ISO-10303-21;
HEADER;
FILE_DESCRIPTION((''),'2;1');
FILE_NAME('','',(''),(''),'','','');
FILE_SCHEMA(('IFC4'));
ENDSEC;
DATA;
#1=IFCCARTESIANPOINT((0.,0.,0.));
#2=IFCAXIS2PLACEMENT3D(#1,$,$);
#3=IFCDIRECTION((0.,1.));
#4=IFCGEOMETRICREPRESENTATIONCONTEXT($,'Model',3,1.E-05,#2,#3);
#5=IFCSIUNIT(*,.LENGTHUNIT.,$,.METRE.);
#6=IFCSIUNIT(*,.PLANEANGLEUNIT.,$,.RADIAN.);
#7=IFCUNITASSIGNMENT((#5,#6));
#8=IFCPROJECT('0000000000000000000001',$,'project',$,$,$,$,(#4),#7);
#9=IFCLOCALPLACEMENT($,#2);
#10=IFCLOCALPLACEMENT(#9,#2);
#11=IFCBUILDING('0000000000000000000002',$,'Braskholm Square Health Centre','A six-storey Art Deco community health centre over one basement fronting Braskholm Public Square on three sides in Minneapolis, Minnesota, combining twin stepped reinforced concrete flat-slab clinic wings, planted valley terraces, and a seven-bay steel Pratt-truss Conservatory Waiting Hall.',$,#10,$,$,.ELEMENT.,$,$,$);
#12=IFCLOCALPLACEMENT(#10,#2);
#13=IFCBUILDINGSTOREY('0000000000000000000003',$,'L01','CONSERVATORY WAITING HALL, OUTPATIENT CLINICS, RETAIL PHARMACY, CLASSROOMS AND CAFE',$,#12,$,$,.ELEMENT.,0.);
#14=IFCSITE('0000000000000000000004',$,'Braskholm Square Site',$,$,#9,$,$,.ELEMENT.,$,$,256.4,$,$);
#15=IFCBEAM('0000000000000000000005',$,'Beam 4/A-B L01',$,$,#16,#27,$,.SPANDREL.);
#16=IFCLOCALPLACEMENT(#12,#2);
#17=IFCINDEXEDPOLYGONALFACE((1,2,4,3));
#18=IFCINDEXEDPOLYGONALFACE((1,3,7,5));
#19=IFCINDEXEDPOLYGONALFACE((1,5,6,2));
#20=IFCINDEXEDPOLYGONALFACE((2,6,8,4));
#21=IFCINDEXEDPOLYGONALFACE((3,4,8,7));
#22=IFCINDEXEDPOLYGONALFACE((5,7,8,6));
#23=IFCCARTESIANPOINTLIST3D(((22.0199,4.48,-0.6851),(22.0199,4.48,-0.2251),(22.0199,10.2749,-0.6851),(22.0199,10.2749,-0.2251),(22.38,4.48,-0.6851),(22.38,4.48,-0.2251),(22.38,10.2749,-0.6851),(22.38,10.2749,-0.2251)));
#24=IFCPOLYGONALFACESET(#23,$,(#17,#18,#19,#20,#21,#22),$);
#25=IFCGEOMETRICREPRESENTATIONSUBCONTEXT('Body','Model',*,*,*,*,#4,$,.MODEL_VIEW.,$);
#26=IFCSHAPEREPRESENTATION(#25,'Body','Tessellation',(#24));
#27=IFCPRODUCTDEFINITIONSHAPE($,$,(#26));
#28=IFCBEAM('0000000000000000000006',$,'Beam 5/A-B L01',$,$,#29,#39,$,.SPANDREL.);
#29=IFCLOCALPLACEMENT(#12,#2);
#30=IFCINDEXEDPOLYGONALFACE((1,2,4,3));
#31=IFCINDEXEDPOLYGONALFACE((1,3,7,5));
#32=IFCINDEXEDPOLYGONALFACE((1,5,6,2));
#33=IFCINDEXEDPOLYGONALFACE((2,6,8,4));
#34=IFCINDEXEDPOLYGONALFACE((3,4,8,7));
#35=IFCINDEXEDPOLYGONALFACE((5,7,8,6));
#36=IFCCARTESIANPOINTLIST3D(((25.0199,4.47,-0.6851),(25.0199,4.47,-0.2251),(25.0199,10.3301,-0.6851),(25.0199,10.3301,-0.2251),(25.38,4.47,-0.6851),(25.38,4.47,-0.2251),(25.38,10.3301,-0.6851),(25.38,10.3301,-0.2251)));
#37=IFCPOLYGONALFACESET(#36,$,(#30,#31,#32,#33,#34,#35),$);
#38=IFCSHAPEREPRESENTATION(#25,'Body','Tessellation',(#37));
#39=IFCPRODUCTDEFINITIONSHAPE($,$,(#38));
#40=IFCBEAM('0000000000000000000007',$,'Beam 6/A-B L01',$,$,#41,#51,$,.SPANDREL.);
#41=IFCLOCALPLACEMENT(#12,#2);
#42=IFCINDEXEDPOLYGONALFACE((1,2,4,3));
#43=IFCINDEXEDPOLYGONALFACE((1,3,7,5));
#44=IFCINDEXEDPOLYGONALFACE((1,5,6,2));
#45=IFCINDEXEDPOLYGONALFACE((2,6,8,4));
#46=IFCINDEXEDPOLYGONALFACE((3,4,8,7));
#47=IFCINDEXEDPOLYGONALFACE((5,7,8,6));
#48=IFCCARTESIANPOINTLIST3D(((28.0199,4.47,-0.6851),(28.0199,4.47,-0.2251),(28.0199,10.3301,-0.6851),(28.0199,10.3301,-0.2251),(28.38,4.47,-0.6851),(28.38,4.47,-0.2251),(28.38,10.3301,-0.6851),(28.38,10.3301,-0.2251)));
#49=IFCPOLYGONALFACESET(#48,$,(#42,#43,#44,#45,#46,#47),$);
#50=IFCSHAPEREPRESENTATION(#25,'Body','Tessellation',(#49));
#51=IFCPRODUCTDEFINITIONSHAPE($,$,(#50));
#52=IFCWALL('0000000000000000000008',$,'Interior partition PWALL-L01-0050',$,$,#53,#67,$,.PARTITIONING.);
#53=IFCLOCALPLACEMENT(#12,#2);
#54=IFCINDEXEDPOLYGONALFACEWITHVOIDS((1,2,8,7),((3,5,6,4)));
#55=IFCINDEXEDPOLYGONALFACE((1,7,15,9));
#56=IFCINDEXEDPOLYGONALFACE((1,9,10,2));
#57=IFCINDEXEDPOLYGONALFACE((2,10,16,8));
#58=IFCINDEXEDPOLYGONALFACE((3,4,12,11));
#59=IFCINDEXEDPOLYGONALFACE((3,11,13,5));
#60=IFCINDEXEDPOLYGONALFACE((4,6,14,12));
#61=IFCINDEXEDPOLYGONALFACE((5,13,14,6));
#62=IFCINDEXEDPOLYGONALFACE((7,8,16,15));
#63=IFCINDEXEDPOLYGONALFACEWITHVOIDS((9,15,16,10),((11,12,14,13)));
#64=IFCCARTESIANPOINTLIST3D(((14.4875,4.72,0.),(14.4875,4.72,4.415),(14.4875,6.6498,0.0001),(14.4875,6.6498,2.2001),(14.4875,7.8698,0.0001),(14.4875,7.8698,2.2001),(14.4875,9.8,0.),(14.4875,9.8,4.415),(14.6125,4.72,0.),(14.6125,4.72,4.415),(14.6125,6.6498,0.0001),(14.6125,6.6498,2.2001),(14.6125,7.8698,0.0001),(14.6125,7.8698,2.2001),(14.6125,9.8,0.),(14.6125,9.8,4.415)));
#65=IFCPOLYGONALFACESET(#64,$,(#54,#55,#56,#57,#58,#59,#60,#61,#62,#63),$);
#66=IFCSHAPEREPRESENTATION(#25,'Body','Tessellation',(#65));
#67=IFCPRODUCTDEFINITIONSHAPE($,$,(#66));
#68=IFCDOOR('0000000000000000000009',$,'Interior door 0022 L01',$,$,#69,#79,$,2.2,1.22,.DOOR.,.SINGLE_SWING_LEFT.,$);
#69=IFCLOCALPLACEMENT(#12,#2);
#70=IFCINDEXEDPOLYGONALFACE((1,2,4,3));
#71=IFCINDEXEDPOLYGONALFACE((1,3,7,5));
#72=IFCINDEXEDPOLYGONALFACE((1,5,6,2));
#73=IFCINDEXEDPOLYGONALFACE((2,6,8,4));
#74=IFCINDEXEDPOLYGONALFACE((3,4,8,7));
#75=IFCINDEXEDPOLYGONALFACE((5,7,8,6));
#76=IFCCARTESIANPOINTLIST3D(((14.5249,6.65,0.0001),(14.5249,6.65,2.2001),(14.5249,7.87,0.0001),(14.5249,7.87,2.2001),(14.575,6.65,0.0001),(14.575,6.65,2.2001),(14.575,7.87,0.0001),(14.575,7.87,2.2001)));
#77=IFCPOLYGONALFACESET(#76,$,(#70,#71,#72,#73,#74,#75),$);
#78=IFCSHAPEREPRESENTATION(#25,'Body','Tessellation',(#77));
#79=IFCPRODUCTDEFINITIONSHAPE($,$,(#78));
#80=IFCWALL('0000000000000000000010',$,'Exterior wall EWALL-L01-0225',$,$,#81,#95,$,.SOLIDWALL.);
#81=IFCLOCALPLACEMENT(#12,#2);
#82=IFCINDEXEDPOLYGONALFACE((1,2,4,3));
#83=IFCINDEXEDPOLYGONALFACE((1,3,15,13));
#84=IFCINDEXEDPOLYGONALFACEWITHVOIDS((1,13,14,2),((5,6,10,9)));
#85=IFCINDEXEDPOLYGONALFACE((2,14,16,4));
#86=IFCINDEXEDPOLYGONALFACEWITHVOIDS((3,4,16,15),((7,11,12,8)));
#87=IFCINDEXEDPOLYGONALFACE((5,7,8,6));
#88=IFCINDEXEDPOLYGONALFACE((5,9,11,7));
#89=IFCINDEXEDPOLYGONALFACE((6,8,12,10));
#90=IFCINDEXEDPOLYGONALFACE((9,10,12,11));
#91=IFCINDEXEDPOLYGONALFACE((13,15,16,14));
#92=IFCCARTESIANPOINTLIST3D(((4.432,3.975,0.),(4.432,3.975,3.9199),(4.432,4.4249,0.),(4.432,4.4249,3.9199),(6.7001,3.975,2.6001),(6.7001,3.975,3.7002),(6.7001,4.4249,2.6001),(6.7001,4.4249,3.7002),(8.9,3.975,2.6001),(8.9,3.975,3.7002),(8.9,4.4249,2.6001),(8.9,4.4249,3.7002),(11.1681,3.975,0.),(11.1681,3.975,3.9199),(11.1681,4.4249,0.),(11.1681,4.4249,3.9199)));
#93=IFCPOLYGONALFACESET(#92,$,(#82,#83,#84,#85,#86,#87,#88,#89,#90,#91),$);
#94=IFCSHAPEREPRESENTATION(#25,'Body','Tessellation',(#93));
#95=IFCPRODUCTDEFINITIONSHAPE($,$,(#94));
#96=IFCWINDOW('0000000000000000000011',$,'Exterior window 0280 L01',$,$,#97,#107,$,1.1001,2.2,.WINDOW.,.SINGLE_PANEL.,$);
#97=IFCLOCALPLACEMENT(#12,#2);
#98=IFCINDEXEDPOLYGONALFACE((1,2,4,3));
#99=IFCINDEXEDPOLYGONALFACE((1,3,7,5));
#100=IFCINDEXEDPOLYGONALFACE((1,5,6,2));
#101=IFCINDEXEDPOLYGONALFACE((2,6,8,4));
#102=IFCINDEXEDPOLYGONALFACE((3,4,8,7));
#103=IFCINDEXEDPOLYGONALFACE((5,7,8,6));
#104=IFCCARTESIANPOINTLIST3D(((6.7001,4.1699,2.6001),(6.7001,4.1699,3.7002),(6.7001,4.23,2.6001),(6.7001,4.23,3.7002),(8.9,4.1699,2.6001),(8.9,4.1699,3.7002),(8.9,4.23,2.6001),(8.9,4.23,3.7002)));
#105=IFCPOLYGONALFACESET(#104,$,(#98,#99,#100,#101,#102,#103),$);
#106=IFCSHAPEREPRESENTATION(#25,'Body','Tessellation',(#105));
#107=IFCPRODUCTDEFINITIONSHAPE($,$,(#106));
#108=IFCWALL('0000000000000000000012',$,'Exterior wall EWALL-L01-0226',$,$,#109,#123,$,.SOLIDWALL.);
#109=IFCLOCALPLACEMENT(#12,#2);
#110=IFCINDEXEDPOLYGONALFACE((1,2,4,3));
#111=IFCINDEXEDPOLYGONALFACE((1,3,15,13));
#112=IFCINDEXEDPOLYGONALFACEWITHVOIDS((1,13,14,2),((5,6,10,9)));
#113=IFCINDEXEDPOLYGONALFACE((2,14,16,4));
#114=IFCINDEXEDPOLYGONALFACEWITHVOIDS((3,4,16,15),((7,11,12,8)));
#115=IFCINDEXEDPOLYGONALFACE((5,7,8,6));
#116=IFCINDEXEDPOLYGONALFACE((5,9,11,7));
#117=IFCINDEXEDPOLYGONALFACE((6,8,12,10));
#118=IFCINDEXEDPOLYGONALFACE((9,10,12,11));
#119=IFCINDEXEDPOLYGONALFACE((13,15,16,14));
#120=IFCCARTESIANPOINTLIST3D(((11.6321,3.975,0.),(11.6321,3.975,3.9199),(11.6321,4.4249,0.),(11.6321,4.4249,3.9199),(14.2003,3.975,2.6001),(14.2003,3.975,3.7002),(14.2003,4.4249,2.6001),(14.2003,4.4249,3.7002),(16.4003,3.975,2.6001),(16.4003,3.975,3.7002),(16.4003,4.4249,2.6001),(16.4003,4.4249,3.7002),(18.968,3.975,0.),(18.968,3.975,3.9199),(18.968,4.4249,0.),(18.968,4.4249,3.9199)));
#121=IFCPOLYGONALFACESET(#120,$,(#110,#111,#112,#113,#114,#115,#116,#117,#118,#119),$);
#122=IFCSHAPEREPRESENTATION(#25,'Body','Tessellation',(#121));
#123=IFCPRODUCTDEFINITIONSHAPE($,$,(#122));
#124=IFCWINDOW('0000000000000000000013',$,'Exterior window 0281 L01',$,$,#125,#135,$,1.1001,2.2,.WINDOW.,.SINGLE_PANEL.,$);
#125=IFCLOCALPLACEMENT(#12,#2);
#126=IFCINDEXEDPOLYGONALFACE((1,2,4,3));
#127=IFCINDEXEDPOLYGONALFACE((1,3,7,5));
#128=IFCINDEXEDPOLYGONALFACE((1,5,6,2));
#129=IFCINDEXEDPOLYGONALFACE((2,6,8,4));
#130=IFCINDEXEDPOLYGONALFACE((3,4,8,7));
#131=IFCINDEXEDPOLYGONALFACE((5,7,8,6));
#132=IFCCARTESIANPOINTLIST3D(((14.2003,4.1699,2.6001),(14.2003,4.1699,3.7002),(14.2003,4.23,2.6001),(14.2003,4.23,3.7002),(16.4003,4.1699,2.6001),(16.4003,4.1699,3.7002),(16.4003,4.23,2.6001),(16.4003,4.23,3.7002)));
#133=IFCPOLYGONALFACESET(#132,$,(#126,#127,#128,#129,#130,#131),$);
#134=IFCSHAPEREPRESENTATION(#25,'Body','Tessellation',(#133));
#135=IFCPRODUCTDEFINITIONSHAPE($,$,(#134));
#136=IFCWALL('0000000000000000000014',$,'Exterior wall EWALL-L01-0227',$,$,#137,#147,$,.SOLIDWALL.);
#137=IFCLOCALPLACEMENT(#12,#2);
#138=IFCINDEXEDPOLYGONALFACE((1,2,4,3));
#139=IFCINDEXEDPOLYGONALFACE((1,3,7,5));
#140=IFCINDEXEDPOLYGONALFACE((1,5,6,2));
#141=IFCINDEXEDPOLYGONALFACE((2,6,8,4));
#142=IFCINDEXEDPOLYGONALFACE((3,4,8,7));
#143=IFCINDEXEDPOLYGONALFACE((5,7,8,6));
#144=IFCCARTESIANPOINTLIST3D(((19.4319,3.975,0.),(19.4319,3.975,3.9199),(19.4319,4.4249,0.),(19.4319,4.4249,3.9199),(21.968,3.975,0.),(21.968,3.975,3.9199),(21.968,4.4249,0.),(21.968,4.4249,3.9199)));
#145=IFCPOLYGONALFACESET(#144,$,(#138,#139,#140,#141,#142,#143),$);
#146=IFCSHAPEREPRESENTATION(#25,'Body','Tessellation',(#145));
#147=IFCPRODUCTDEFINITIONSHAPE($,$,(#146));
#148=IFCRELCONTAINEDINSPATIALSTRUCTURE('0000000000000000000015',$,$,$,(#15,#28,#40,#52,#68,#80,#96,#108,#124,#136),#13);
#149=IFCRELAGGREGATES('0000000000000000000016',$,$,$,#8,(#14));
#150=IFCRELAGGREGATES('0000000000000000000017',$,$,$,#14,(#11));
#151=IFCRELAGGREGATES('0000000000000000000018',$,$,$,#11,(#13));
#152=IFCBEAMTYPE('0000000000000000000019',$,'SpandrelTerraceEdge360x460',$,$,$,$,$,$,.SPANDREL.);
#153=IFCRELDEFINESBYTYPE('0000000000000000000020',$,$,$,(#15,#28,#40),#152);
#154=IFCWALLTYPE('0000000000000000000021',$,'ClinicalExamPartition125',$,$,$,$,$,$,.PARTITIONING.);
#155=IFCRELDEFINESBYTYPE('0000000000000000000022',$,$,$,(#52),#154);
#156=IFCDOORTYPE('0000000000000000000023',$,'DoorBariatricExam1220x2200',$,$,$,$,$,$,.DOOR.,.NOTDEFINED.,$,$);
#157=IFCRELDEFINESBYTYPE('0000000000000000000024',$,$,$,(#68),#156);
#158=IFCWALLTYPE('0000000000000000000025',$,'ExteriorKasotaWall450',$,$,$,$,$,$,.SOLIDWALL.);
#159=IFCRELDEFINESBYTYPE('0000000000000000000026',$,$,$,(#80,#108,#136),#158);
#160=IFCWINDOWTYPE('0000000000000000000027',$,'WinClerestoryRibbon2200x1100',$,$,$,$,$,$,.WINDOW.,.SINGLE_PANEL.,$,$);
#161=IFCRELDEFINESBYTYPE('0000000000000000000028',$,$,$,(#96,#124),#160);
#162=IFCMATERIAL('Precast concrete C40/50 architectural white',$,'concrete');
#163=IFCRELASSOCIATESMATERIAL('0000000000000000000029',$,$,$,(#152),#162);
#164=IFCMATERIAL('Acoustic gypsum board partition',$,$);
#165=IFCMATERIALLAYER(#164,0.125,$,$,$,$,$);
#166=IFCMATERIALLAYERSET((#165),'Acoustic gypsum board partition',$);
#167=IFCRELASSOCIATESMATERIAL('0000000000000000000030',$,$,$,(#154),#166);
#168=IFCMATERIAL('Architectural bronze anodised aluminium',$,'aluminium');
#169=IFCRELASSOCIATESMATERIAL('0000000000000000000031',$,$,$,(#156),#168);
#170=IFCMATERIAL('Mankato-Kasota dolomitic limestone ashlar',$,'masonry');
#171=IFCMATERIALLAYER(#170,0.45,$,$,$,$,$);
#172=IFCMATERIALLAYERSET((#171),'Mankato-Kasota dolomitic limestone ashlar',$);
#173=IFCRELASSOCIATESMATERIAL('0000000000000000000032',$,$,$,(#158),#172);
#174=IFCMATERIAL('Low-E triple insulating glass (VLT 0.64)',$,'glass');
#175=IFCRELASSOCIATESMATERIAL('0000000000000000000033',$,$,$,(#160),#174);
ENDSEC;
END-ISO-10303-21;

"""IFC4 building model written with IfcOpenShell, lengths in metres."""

from ifc_helpers import new_model, si_unit, direction, frame, frame_2d, origin, origin_with_axes, origin_2d, place, context, subcontext, project, spatial, rectangle, extrude, material, layer, layer_set, material_profile, profile_set, type_object, element, fill, save


model = new_model("IFC4")

# Units and contexts
model_context = context("Model", 3, precision=1e-05, world=origin(), true_north=direction((0.0, 1.0)))
body_context = subcontext(model_context, "Body", "Model", "MODEL_VIEW")
ifc_project = project(units=[si_unit("LENGTHUNIT", "METRE"), si_unit("PLANEANGLEUNIT", "RADIAN")], contexts=[model_context])

# Site, building, storey
site_placement = place(None, origin())
site = spatial("IfcSite", under=ifc_project, at=site_placement, Name="Braskholm Square Site", CompositionType="ELEMENT", RefElevation=256.4)
building_placement = place(site_placement, origin())
building = spatial("IfcBuilding", under=site, at=building_placement, Name="Braskholm Square Health Centre", Description="A six-storey Art Deco community health centre over one basement fronting Braskholm Public Square on three sides in Minneapolis, Minnesota, combining twin stepped reinforced concrete flat-slab clinic wings, planted valley terraces, and a seven-bay steel Pratt-truss Conservatory Waiting Hall.", CompositionType="ELEMENT")
storey_placement = place(building_placement, origin())
storey = spatial("IfcBuildingStorey", under=building, at=storey_placement, Name="L01", Description="CONSERVATORY WAITING HALL, OUTPATIENT CLINICS, RETAIL PHARMACY, CLASSROOMS AND CAFE", CompositionType="ELEMENT", Elevation=0.0)

# Shared definitions
ifc_material_1 = material(Name="Precast concrete C40/50 architectural white", Category="concrete")

# Shared definitions
ifc_material_2 = material(Name="Low-E triple insulating glass (VLT 0.64)", Category="glass")
ifc_material_3 = material(Name="Architectural bronze anodised aluminium", Category="aluminium")

# Beams
ifc_material_profile_1 = material_profile(ifc_material_1, rectangle(XDim=0.3601, YDim=0.46, at=origin_2d()), Name="RCB-360X460")
ifc_profile_set_1 = profile_set([ifc_material_profile_1], Name="Precast concrete C40/50 architectural white")
beam_type_1 = type_object("IfcBeamType", Name="SpandrelTerraceEdge360x460", PredefinedType="SPANDREL", material=ifc_profile_set_1)
beam_1_placement = place(storey_placement, frame((22.2, 4.48, -0.4551), z_axis=(0.0, 1.0, 0.0), x_axis=(-1.0, 0.0, 0.0)))
element("IfcBeam", 1, at=beam_1_placement, inside=storey, type_object=beam_type_1, Name="Beam 4/A-B L01", PredefinedType="SPANDREL", context=body_context, shape_type="SweptSolid", body=[
    extrude(rectangle(XDim=0.3601, YDim=0.46, at=origin_2d()), origin(), (0.0, 0.0, 1.0), 5.7949),
])
for number, where, z_axis, x_axis, name in (
    (2, (25.2, 4.47, -0.4551), (0.0, 1.0, 0.0), (-1.0, 0.0, 0.0), "Beam 5/A-B L01"),
    (3, (28.2, 4.47, -0.4551), (0.0, 1.0, 0.0), (-1.0, 0.0, 0.0), "Beam 6/A-B L01"),
):
    element("IfcBeam", number, at=place(storey_placement, frame(where, z_axis=z_axis, x_axis=x_axis)), inside=storey, type_object=beam_type_1, Name=name, PredefinedType="SPANDREL", context=body_context, shape_type="SweptSolid", body=[
        extrude(rectangle(XDim=0.3601, YDim=0.46, at=origin_2d()), origin(), (0.0, 0.0, 1.0), 5.8601),
    ])

# Wall, opening, door
ifc_material_4 = material(Name="Acoustic gypsum board partition")
ifc_layer_1 = layer(ifc_material_4, 0.125)
ifc_layer_set_1 = layer_set([ifc_layer_1], Name="Acoustic gypsum board partition")
wall_type_1 = type_object("IfcWallType", Name="ClinicalExamPartition125", PredefinedType="PARTITIONING", material=ifc_layer_set_1)
wall_1_placement = place(storey_placement, frame((14.55, 4.72, 0.0), z_axis=(0.0, 0.0, 1.0), x_axis=(0.0, 1.0, 0.0)))
wall_1 = element("IfcWall", 4, at=wall_1_placement, inside=storey, type_object=wall_type_1, Name="Interior partition PWALL-L01-0050", PredefinedType="PARTITIONING", context=body_context, shape_type="SweptSolid", body=[
    extrude(rectangle(XDim=5.0801, YDim=0.125, at=frame_2d((2.54, 0.0))), origin(), (0.0, 0.0, 1.0), 4.415),
])
opening_1_placement = place(wall_1_placement, frame((1.9299, 0.0, 0.0)))
opening_1 = element("IfcOpeningElement", 5, at=opening_1_placement, cuts=wall_1, PredefinedType="OPENING", context=body_context, shape_type="SweptSolid", body=[
    extrude(rectangle(XDim=1.22, YDim=2.2, at=frame_2d((0.6099, 1.1001))), frame((0.0, 0.0725, 0.0), z_axis=(0.0, -1.0, 0.0), x_axis=(1.0, 0.0, 0.0)), (0.0, 0.0, 1.0), 0.145),
])
door_type_1 = type_object("IfcDoorType", Name="DoorBariatricExam1220x2200", OperationType="NOTDEFINED", PredefinedType="DOOR", material=ifc_material_3)
door_1_placement = place(opening_1_placement, frame((1.22, 0.0, 0.0), z_axis=(0.0, 0.0, 1.0), x_axis=(-1.0, 0.0, 0.0)))
door_1 = element("IfcDoor", 6, at=door_1_placement, inside=storey, type_object=door_type_1, Name="Interior door 0022 L01", OperationType="SINGLE_SWING_LEFT", OverallHeight=2.2, OverallWidth=1.22, PredefinedType="DOOR", context=body_context, shape_type="SweptSolid", body=[
    extrude(rectangle(XDim=1.22, YDim=2.2, at=frame_2d((0.6099, 1.1001))), frame((0.0, 0.0249, 0.0), z_axis=(0.0, -1.0, 0.0), x_axis=(1.0, 0.0, 0.0)), (0.0, 0.0, 1.0), 0.05),
])
fill(opening_1, door_1)
ifc_material_5 = material(Name="Mankato-Kasota dolomitic limestone ashlar", Category="masonry")
ifc_layer_2 = layer(ifc_material_5, 0.45)
ifc_layer_set_2 = layer_set([ifc_layer_2], Name="Mankato-Kasota dolomitic limestone ashlar")
wall_type_2 = type_object("IfcWallType", Name="ExteriorKasotaWall450", PredefinedType="SOLIDWALL", material=ifc_layer_set_2)

# Walls, openings, windows
wall_2_placement = place(storey_placement, frame((4.4319, 4.2, 0.0), z_axis=(0.0, 0.0, 1.0), x_axis=(1.0, 0.0, 0.0)))
wall_2 = element("IfcWall", 7, at=wall_2_placement, inside=storey, type_object=wall_type_2, Name="Exterior wall EWALL-L01-0225", PredefinedType="SOLIDWALL", context=body_context, shape_type="SweptSolid", body=[
    extrude(rectangle(XDim=6.7361, YDim=0.45, at=frame_2d((3.3682, 0.0))), origin(), (0.0, 0.0, 1.0), 3.9199),
])
opening_2_placement = place(wall_2_placement, frame((2.2681, 0.0, 2.6001)))
opening_2 = element("IfcOpeningElement", 8, at=opening_2_placement, cuts=wall_2, PredefinedType="OPENING", context=body_context, shape_type="SweptSolid", body=[
    extrude(rectangle(XDim=2.2, YDim=1.1001, at=frame_2d((1.1001, 0.55))), frame((0.0, 0.2349, 0.0), z_axis=(0.0, -1.0, 0.0), x_axis=(1.0, 0.0, 0.0)), (0.0, 0.0, 1.0), 0.47),
])
window_type = type_object("IfcWindowType", Name="WinClerestoryRibbon2200x1100", PartitioningType="SINGLE_PANEL", PredefinedType="WINDOW", material=ifc_material_2)
window_1_placement = place(opening_2_placement, origin_with_axes())
window_1 = element("IfcWindow", 9, at=window_1_placement, inside=storey, type_object=window_type, Name="Exterior window 0280 L01", OverallHeight=1.1001, OverallWidth=2.2, PartitioningType="SINGLE_PANEL", PredefinedType="WINDOW", context=body_context, shape_type="SweptSolid", body=[
    extrude(rectangle(XDim=2.2, YDim=1.1001, at=frame_2d((1.1001, 0.55))), frame((0.0, 0.03, 0.0), z_axis=(0.0, -1.0, 0.0), x_axis=(1.0, 0.0, 0.0)), (0.0, 0.0, 1.0), 0.0601),
])
fill(opening_2, window_1)
wall_3_placement = place(storey_placement, frame((11.6321, 4.2, 0.0), z_axis=(0.0, 0.0, 1.0), x_axis=(1.0, 0.0, 0.0)))
wall_3 = element("IfcWall", 10, at=wall_3_placement, inside=storey, type_object=wall_type_2, Name="Exterior wall EWALL-L01-0226", PredefinedType="SOLIDWALL", context=body_context, shape_type="SweptSolid", body=[
    extrude(rectangle(XDim=7.3359, YDim=0.45, at=frame_2d((3.668, 0.0))), origin(), (0.0, 0.0, 1.0), 3.9199),
])
opening_3_placement = place(wall_3_placement, frame((2.5681, 0.0, 2.6001)))
opening_3 = element("IfcOpeningElement", 11, at=opening_3_placement, cuts=wall_3, PredefinedType="OPENING", context=body_context, shape_type="SweptSolid", body=[
    extrude(rectangle(XDim=2.2, YDim=1.1001, at=frame_2d((1.1001, 0.55))), frame((0.0, 0.2349, 0.0), z_axis=(0.0, -1.0, 0.0), x_axis=(1.0, 0.0, 0.0)), (0.0, 0.0, 1.0), 0.47),
])
window_2_placement = place(opening_3_placement, origin_with_axes())
window_2 = element("IfcWindow", 12, at=window_2_placement, inside=storey, type_object=window_type, Name="Exterior window 0281 L01", OverallHeight=1.1001, OverallWidth=2.2, PartitioningType="SINGLE_PANEL", PredefinedType="WINDOW", context=body_context, shape_type="SweptSolid", body=[
    extrude(rectangle(XDim=2.2, YDim=1.1001, at=frame_2d((1.1001, 0.55))), frame((0.0, 0.03, 0.0), z_axis=(0.0, -1.0, 0.0), x_axis=(1.0, 0.0, 0.0)), (0.0, 0.0, 1.0), 0.0601),
])
fill(opening_3, window_2)

# Wall
wall_4_placement = place(storey_placement, frame((19.4319, 4.2, 0.0), z_axis=(0.0, 0.0, 1.0), x_axis=(1.0, 0.0, 0.0)))
element("IfcWall", 13, at=wall_4_placement, inside=storey, type_object=wall_type_2, Name="Exterior wall EWALL-L01-0227", PredefinedType="SOLIDWALL", context=body_context, shape_type="SweptSolid", body=[
    extrude(rectangle(XDim=2.5361, YDim=0.45, at=frame_2d((1.2681, 0.0))), origin(), (0.0, 0.0, 1.0), 3.9199),
])

save(model, "model.ifc")
